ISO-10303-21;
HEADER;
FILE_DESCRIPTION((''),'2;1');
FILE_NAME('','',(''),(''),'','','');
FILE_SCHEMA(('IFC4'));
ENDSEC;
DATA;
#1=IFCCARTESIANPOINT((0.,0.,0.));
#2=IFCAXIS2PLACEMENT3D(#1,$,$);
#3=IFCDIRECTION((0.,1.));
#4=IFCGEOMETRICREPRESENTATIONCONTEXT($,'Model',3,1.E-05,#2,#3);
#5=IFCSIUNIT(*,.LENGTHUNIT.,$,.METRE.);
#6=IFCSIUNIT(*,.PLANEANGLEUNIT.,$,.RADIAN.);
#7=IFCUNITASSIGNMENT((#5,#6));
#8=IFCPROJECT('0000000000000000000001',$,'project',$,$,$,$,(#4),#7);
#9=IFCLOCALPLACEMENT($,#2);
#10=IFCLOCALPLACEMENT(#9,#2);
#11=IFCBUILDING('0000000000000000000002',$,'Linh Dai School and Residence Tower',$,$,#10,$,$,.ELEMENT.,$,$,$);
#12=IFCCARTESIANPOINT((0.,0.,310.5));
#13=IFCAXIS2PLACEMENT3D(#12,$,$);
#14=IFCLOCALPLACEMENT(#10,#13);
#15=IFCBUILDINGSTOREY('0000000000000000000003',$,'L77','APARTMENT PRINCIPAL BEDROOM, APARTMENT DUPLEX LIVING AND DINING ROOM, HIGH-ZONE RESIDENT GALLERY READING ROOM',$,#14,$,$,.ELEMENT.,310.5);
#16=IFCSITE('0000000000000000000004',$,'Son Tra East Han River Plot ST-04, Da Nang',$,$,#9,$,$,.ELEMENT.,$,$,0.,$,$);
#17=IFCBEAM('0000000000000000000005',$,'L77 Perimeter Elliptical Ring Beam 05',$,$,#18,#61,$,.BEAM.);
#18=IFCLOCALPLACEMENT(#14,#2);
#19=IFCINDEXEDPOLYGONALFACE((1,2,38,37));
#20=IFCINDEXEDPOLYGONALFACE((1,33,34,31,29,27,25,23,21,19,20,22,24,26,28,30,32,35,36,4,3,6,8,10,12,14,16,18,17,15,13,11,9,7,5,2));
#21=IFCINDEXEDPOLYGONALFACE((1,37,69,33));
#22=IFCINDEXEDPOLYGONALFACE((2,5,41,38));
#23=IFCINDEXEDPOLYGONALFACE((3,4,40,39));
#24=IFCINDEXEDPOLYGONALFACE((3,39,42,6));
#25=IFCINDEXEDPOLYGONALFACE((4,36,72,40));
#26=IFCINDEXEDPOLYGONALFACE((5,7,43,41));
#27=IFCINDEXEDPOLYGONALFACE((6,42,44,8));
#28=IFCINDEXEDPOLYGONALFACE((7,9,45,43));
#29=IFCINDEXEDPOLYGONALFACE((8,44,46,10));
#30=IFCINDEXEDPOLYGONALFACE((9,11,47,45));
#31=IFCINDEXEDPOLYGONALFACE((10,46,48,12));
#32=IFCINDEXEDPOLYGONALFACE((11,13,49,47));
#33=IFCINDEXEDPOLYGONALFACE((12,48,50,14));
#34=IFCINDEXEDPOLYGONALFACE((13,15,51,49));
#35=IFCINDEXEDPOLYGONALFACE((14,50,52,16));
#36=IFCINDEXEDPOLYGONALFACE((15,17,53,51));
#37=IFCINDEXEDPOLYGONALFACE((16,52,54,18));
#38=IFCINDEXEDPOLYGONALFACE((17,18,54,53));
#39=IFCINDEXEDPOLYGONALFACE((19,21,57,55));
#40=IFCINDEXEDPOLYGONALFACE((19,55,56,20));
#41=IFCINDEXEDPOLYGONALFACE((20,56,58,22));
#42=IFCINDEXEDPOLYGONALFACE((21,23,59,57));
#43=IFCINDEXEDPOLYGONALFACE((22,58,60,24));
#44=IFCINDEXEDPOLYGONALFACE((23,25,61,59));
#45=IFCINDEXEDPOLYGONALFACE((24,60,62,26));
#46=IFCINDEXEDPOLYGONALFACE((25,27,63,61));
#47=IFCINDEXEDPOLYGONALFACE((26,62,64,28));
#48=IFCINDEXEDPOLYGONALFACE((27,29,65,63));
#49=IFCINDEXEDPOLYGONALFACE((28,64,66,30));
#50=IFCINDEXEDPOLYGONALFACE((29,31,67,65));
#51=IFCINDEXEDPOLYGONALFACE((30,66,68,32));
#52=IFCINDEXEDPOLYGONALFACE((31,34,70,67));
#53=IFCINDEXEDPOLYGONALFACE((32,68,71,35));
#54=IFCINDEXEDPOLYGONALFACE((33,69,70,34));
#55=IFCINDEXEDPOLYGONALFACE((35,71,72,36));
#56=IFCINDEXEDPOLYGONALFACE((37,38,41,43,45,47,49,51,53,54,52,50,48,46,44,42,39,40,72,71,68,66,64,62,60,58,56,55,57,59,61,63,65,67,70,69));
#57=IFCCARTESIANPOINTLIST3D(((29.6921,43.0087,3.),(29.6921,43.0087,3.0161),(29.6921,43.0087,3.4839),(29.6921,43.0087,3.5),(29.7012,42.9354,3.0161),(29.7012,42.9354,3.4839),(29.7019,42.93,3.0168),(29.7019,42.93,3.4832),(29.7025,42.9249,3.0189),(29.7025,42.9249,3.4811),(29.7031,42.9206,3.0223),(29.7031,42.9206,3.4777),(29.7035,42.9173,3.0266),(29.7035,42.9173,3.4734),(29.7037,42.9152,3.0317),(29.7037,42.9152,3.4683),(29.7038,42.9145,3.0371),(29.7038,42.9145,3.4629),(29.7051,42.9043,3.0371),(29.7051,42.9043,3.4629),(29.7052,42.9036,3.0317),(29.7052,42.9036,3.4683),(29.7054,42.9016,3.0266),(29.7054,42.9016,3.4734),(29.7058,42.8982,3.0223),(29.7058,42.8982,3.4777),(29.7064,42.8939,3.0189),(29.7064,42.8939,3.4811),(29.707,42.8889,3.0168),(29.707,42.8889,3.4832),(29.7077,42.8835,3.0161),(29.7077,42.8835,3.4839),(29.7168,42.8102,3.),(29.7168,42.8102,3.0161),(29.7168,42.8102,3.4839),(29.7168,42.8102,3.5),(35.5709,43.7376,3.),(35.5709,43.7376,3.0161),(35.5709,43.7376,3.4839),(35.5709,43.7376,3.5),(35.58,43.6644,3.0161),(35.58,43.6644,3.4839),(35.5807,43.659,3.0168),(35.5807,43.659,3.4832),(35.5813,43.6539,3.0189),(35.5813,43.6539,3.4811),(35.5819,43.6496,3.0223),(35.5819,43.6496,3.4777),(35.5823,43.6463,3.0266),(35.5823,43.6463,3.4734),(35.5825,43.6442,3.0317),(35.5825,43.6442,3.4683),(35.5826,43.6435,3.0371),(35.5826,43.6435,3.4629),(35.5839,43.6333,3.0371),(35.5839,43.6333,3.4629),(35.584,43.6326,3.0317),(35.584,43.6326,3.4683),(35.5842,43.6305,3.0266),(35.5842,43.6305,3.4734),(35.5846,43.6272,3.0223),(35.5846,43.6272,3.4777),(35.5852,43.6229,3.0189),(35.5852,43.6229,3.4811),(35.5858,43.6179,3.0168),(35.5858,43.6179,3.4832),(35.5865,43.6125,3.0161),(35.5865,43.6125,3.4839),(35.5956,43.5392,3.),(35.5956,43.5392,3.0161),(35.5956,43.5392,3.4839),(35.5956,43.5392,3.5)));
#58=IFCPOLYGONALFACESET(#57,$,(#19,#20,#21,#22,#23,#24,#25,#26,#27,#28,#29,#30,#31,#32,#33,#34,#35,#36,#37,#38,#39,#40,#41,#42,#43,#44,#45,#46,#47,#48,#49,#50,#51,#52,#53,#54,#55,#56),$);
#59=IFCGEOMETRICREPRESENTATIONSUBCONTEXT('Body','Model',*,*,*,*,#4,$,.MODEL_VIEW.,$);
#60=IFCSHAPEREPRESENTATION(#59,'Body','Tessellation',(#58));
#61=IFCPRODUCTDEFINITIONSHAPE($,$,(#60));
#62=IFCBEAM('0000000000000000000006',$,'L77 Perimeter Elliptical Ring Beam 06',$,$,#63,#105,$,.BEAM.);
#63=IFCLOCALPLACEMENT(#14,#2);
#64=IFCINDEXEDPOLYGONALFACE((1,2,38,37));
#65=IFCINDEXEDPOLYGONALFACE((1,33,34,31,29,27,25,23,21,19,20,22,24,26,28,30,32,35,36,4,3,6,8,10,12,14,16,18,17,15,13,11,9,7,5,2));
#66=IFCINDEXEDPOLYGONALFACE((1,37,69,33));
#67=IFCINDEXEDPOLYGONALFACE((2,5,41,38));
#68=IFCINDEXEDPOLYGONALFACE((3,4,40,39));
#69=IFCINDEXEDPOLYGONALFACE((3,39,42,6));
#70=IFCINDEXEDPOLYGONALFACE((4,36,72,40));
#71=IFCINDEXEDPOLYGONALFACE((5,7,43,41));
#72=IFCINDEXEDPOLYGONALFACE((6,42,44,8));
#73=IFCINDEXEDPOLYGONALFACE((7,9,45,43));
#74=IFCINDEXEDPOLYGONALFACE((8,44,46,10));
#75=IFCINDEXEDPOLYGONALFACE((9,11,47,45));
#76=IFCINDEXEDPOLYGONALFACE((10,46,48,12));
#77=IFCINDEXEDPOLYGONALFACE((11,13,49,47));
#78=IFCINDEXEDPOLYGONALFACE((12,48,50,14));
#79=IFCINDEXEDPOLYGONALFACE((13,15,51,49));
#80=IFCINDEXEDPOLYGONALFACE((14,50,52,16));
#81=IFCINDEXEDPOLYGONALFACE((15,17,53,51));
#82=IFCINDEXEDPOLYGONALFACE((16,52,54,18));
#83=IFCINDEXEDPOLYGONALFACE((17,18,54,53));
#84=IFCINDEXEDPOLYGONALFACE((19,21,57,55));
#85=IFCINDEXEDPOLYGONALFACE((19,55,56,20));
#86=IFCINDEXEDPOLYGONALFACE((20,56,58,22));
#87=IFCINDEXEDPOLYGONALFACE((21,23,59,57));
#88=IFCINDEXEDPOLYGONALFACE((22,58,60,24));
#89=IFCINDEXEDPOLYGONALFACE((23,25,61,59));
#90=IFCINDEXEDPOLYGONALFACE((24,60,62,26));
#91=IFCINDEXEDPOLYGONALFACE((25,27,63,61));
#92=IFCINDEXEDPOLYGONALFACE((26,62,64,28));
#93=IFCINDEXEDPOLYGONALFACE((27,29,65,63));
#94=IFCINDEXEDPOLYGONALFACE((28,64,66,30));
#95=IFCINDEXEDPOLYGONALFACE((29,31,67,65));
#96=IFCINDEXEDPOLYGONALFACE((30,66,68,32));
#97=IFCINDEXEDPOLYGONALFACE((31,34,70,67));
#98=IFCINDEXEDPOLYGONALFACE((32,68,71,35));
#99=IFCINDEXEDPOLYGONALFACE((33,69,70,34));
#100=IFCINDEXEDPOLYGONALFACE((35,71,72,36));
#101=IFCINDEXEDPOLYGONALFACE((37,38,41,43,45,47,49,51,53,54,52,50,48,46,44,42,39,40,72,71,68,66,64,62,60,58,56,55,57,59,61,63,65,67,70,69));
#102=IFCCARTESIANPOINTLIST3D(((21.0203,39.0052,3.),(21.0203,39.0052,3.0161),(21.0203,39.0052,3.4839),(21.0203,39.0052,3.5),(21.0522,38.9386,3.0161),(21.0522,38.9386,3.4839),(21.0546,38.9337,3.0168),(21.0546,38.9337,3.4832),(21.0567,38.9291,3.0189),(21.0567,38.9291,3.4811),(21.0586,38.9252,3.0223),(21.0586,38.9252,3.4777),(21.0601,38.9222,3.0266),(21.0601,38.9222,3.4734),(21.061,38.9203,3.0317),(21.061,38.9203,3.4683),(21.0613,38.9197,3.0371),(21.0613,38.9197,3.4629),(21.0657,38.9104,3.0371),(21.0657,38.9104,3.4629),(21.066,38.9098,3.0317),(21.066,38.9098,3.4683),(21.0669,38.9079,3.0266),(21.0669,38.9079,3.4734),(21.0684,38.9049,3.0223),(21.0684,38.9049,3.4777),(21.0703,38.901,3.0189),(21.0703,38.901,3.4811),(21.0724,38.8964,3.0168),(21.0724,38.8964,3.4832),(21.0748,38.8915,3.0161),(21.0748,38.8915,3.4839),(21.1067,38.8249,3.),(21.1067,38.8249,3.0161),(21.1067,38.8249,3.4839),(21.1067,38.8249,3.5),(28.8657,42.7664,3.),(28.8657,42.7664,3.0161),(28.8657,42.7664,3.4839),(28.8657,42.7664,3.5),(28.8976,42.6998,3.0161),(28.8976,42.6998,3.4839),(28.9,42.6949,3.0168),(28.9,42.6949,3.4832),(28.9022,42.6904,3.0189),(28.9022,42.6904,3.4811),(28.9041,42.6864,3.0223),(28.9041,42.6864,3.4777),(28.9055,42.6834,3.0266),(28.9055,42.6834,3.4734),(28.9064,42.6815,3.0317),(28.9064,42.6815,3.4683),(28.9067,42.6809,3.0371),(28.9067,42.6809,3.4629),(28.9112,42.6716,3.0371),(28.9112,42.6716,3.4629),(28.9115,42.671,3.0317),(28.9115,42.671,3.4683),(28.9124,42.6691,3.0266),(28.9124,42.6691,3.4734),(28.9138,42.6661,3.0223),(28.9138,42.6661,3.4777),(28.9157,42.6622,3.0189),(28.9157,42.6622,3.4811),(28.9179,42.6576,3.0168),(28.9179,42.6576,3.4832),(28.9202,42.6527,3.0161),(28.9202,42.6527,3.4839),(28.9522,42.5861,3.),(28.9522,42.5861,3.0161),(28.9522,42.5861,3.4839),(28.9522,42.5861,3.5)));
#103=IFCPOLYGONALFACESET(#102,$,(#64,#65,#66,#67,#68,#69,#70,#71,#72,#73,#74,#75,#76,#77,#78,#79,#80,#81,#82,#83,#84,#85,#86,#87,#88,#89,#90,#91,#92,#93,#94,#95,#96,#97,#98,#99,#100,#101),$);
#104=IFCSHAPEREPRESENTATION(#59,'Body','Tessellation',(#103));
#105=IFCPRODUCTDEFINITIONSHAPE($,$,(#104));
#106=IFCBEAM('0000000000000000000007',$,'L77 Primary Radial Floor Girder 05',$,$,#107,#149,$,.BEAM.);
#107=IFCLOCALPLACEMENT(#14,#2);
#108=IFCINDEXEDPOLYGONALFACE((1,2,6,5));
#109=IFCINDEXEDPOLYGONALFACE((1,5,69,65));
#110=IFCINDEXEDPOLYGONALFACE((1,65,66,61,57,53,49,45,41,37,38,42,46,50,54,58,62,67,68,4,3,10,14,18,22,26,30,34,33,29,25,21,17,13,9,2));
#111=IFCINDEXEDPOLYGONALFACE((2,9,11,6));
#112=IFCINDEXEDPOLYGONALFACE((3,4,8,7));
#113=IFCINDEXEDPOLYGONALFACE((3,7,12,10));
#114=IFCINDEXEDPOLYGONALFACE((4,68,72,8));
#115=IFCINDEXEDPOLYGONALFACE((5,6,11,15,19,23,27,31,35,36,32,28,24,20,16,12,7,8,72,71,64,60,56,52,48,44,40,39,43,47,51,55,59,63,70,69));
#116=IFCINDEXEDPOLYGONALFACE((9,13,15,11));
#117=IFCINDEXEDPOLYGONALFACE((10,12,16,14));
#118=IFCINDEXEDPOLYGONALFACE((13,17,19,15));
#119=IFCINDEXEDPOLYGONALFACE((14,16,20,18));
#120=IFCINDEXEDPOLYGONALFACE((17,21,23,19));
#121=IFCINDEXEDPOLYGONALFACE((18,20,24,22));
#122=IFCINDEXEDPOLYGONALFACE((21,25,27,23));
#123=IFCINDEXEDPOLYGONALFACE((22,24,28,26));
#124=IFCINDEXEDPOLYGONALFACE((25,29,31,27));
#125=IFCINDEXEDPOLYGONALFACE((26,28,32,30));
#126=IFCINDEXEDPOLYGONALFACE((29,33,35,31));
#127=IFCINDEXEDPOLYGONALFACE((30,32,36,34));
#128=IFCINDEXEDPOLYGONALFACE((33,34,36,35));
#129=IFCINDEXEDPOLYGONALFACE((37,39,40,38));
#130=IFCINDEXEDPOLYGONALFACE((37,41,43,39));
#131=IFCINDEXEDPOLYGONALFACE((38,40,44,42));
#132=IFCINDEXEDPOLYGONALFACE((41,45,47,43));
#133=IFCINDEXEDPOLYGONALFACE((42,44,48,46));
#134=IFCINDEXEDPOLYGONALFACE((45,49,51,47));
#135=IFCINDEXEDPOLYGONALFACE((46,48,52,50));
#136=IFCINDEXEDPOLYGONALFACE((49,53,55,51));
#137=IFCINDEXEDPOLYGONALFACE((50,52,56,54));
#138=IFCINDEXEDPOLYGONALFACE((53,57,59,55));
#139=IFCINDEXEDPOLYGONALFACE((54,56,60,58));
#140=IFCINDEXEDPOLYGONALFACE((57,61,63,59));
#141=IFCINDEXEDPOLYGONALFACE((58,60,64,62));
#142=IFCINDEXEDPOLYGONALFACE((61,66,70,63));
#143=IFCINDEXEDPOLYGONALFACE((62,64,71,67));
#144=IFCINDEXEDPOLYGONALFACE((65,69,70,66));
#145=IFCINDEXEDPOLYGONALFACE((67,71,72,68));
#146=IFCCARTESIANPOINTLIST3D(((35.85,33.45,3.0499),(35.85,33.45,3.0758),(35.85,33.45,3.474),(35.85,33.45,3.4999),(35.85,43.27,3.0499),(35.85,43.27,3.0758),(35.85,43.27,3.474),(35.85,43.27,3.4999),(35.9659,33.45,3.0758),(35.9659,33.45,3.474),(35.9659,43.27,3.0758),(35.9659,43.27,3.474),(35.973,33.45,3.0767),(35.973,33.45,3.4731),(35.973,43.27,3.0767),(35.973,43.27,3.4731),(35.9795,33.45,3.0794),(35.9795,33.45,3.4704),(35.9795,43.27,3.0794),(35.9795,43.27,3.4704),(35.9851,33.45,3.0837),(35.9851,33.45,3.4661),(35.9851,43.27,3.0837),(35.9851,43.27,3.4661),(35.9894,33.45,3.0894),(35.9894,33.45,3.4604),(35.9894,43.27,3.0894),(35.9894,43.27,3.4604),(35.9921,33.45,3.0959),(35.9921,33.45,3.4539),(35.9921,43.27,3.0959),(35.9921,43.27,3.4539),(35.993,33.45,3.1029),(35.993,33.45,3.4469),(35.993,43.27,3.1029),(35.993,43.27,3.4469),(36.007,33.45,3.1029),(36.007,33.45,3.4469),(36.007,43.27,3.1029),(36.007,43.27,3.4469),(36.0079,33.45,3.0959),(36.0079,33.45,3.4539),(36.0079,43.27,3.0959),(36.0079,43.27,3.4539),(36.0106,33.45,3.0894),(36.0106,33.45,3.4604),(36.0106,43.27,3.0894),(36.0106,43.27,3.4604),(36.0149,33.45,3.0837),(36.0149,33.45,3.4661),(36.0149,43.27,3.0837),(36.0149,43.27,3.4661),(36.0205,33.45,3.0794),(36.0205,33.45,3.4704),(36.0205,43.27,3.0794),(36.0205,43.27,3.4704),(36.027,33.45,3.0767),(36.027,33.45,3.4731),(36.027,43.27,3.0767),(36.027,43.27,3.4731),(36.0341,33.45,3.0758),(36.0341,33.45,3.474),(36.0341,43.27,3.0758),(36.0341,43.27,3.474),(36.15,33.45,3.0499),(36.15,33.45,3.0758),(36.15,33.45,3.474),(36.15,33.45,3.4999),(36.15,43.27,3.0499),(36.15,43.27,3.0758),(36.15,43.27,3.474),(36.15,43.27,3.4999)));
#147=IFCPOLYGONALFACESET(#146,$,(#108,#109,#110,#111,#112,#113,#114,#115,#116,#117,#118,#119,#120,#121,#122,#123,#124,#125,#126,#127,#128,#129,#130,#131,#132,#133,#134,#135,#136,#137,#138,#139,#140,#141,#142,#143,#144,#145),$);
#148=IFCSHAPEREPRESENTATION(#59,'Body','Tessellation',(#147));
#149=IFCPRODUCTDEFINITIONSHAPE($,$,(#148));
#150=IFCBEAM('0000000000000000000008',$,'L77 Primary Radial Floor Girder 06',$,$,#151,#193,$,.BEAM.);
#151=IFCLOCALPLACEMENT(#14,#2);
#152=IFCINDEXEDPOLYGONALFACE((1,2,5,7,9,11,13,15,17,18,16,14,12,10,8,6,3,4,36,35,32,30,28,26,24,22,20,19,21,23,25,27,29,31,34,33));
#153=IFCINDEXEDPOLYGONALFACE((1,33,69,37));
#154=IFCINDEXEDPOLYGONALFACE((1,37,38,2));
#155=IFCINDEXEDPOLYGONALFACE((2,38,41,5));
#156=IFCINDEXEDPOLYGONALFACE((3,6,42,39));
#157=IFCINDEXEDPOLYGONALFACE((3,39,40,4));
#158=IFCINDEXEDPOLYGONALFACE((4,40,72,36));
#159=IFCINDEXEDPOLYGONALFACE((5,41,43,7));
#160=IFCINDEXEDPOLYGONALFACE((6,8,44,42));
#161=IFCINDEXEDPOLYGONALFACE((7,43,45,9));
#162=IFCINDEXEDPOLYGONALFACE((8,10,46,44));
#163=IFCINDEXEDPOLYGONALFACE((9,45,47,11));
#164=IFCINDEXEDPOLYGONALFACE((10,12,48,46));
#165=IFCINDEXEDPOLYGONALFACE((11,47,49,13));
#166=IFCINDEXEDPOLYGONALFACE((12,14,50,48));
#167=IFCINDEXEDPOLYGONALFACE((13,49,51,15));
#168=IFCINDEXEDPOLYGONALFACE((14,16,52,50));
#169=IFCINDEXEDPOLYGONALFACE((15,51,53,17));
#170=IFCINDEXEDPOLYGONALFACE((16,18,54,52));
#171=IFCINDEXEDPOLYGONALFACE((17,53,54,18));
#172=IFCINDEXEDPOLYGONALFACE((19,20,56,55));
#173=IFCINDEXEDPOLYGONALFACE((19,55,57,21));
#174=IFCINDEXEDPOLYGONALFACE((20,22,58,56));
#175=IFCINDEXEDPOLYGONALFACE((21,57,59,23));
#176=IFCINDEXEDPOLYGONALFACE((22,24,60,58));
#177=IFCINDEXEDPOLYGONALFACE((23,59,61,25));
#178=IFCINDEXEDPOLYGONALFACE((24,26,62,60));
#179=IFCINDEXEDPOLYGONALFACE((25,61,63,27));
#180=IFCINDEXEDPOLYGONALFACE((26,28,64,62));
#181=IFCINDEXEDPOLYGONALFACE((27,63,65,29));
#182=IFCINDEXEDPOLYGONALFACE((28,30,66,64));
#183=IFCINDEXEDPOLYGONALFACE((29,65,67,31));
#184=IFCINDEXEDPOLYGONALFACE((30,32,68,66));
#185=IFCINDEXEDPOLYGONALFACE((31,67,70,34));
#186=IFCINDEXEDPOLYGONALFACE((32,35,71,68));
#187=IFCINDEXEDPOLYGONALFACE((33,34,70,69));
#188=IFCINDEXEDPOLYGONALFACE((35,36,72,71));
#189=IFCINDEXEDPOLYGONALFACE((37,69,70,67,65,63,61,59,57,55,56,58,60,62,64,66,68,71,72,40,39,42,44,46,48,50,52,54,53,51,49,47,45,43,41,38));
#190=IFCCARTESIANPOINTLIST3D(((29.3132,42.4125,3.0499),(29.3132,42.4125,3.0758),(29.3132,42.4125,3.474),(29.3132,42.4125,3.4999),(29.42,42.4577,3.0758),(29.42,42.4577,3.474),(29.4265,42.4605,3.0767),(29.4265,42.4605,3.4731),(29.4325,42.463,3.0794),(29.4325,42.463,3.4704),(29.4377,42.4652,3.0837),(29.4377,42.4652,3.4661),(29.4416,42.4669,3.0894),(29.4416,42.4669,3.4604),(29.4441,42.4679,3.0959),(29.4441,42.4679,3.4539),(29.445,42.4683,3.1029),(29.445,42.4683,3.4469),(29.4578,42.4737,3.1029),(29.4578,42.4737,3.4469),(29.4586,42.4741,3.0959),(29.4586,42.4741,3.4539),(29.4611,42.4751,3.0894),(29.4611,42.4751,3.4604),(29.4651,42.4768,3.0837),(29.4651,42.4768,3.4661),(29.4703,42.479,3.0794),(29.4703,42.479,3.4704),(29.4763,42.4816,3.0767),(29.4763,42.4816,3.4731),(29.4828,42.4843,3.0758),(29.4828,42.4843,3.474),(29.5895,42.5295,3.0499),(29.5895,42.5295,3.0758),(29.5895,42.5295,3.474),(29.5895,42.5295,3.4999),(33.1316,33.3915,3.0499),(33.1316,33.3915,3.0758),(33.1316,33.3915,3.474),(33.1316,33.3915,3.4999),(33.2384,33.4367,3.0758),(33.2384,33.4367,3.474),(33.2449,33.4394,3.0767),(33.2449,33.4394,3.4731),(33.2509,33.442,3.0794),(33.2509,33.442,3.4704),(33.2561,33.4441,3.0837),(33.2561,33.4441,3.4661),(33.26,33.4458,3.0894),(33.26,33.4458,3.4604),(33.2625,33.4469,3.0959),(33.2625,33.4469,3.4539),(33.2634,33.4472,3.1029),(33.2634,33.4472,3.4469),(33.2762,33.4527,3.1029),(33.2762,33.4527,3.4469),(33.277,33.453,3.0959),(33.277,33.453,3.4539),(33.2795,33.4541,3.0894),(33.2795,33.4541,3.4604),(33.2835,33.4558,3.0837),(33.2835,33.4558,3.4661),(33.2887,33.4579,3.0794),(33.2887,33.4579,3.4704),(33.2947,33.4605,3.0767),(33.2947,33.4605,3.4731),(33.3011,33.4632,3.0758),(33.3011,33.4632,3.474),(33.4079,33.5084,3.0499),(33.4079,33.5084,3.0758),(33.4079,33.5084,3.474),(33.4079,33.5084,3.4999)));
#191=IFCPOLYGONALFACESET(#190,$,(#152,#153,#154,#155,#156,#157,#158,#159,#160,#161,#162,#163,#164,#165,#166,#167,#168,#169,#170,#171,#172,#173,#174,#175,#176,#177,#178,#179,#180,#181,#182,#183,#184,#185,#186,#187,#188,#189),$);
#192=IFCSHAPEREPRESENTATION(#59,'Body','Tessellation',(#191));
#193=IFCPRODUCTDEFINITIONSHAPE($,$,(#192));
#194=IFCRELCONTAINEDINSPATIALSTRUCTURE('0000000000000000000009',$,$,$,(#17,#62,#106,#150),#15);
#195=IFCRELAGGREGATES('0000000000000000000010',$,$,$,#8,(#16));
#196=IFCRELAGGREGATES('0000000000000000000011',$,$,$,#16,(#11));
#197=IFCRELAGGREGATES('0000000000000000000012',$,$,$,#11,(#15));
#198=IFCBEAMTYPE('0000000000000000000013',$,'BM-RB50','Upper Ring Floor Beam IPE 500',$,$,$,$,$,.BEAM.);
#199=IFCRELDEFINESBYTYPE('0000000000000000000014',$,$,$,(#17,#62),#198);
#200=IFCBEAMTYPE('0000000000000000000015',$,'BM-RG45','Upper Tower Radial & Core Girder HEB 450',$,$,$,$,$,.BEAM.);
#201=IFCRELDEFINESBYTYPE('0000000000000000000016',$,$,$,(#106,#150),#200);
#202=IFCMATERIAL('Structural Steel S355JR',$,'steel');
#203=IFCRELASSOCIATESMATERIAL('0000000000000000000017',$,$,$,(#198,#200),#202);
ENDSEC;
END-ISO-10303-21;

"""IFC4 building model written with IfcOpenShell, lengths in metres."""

from ifc_helpers import new_model, si_unit, direction, frame, origin, origin_2d, place, context, subcontext, project, spatial, i_section, extrude, material, material_profile, profile_set, type_object, element, save


model = new_model("IFC4")

# Units and contexts
model_context = context("Model", 3, precision=1e-05, world=origin(), true_north=direction((0.0, 1.0)))
body_context = subcontext(model_context, "Body", "Model", "MODEL_VIEW")
ifc_project = project(units=[si_unit("LENGTHUNIT", "METRE"), si_unit("PLANEANGLEUNIT", "RADIAN")], contexts=[model_context])

# Site, building, storey
site_placement = place(None, origin())
site = spatial("IfcSite", under=ifc_project, at=site_placement, Name="Son Tra East Han River Plot ST-04, Da Nang", CompositionType="ELEMENT", RefElevation=0.0)
building_placement = place(site_placement, origin())
building = spatial("IfcBuilding", under=site, at=building_placement, Name="Linh Dai School and Residence Tower", CompositionType="ELEMENT")
storey_placement = place(building_placement, frame((0.0, 0.0, 310.5)))
storey = spatial("IfcBuildingStorey", under=building, at=storey_placement, Name="L77", Description="APARTMENT PRINCIPAL BEDROOM, APARTMENT DUPLEX LIVING AND DINING ROOM, HIGH-ZONE RESIDENT GALLERY READING ROOM", CompositionType="ELEMENT", Elevation=310.5)

# Shared definitions
ifc_material_1 = material(Name="Structural Steel S355JR", Category="steel")

# Beams
ifc_material_profile_1 = material_profile(ifc_material_1, i_section(OverallWidth=0.2, OverallDepth=0.5, WebThickness=0.0103, FlangeThickness=0.0161, FilletRadius=0.021, at=origin_2d()), Name="IPE 500")
ifc_profile_set_1 = profile_set([ifc_material_profile_1], Name="Structural Steel S355JR")
beam_type_1 = type_object("IfcBeamType", Name="BM-RB50", Description="Upper Ring Floor Beam IPE 500", PredefinedType="BEAM", material=ifc_profile_set_1)
beam_1_placement = place(storey_placement, frame((35.5833, 43.6384, 3.25), z_axis=(-0.992399, -0.123061, 0.0), x_axis=(0.123061, -0.992399, 0.0)))
element("IfcBeam", 1, at=beam_1_placement, inside=storey, type_object=beam_type_1, Name="L77 Perimeter Elliptical Ring Beam 05", PredefinedType="BEAM", context=body_context, shape_type="SweptSolid", body=[
    extrude(i_section(OverallWidth=0.2, OverallDepth=0.5, WebThickness=0.0103, FlangeThickness=0.0161, FilletRadius=0.021, at=origin_2d()), origin(), (0.0, 0.0, 1.0), 5.9238),
])
beam_2_placement = place(storey_placement, frame((28.9089, 42.6763, 3.25), z_axis=(-0.901729, -0.432302, 0.0), x_axis=(0.432302, -0.901729, 0.0)))
element("IfcBeam", 2, at=beam_2_placement, inside=storey, type_object=beam_type_1, Name="L77 Perimeter Elliptical Ring Beam 06", PredefinedType="BEAM", context=body_context, shape_type="SweptSolid", body=[
    extrude(i_section(OverallWidth=0.2, OverallDepth=0.5, WebThickness=0.0103, FlangeThickness=0.0161, FilletRadius=0.021, at=origin_2d()), origin(), (0.0, 0.0, 1.0), 8.7004),
])
ifc_material_profile_2 = material_profile(ifc_material_1, i_section(OverallWidth=0.3, OverallDepth=0.45, WebThickness=0.0139, FlangeThickness=0.0259, FilletRadius=0.0271, at=origin_2d()), Name="HEB 450")
ifc_profile_set_2 = profile_set([ifc_material_profile_2], Name="Structural Steel S355JR")
beam_type_2 = type_object("IfcBeamType", Name="BM-RG45", Description="Upper Tower Radial & Core Girder HEB 450", PredefinedType="BEAM", material=ifc_profile_set_2)
beam_3_placement = place(storey_placement, frame((36.0, 33.45, 3.2749), z_axis=(0.0, 1.0, 0.0), x_axis=(-1.0, 0.0, 0.0)))
element("IfcBeam", 3, at=beam_3_placement, inside=storey, type_object=beam_type_2, Name="L77 Primary Radial Floor Girder 05", PredefinedType="BEAM", context=body_context, shape_type="SweptSolid", body=[
    extrude(i_section(OverallWidth=0.3, OverallDepth=0.45, WebThickness=0.0139, FlangeThickness=0.0259, FilletRadius=0.0271, at=origin_2d()), origin(), (0.0, 0.0, 1.0), 9.8201),
])
beam_4_placement = place(storey_placement, frame((33.2698, 33.45, 3.2749), z_axis=(-0.389794, 0.920902, 0.0), x_axis=(-0.920902, -0.389794, 0.0)))
element("IfcBeam", 4, at=beam_4_placement, inside=storey, type_object=beam_type_2, Name="L77 Primary Radial Floor Girder 06", PredefinedType="BEAM", context=body_context, shape_type="SweptSolid", body=[
    extrude(i_section(OverallWidth=0.3, OverallDepth=0.45, WebThickness=0.0139, FlangeThickness=0.0259, FilletRadius=0.0271, at=origin_2d()), origin(), (0.0, 0.0, 1.0), 9.7959),
])

save(model, "model.ifc")
